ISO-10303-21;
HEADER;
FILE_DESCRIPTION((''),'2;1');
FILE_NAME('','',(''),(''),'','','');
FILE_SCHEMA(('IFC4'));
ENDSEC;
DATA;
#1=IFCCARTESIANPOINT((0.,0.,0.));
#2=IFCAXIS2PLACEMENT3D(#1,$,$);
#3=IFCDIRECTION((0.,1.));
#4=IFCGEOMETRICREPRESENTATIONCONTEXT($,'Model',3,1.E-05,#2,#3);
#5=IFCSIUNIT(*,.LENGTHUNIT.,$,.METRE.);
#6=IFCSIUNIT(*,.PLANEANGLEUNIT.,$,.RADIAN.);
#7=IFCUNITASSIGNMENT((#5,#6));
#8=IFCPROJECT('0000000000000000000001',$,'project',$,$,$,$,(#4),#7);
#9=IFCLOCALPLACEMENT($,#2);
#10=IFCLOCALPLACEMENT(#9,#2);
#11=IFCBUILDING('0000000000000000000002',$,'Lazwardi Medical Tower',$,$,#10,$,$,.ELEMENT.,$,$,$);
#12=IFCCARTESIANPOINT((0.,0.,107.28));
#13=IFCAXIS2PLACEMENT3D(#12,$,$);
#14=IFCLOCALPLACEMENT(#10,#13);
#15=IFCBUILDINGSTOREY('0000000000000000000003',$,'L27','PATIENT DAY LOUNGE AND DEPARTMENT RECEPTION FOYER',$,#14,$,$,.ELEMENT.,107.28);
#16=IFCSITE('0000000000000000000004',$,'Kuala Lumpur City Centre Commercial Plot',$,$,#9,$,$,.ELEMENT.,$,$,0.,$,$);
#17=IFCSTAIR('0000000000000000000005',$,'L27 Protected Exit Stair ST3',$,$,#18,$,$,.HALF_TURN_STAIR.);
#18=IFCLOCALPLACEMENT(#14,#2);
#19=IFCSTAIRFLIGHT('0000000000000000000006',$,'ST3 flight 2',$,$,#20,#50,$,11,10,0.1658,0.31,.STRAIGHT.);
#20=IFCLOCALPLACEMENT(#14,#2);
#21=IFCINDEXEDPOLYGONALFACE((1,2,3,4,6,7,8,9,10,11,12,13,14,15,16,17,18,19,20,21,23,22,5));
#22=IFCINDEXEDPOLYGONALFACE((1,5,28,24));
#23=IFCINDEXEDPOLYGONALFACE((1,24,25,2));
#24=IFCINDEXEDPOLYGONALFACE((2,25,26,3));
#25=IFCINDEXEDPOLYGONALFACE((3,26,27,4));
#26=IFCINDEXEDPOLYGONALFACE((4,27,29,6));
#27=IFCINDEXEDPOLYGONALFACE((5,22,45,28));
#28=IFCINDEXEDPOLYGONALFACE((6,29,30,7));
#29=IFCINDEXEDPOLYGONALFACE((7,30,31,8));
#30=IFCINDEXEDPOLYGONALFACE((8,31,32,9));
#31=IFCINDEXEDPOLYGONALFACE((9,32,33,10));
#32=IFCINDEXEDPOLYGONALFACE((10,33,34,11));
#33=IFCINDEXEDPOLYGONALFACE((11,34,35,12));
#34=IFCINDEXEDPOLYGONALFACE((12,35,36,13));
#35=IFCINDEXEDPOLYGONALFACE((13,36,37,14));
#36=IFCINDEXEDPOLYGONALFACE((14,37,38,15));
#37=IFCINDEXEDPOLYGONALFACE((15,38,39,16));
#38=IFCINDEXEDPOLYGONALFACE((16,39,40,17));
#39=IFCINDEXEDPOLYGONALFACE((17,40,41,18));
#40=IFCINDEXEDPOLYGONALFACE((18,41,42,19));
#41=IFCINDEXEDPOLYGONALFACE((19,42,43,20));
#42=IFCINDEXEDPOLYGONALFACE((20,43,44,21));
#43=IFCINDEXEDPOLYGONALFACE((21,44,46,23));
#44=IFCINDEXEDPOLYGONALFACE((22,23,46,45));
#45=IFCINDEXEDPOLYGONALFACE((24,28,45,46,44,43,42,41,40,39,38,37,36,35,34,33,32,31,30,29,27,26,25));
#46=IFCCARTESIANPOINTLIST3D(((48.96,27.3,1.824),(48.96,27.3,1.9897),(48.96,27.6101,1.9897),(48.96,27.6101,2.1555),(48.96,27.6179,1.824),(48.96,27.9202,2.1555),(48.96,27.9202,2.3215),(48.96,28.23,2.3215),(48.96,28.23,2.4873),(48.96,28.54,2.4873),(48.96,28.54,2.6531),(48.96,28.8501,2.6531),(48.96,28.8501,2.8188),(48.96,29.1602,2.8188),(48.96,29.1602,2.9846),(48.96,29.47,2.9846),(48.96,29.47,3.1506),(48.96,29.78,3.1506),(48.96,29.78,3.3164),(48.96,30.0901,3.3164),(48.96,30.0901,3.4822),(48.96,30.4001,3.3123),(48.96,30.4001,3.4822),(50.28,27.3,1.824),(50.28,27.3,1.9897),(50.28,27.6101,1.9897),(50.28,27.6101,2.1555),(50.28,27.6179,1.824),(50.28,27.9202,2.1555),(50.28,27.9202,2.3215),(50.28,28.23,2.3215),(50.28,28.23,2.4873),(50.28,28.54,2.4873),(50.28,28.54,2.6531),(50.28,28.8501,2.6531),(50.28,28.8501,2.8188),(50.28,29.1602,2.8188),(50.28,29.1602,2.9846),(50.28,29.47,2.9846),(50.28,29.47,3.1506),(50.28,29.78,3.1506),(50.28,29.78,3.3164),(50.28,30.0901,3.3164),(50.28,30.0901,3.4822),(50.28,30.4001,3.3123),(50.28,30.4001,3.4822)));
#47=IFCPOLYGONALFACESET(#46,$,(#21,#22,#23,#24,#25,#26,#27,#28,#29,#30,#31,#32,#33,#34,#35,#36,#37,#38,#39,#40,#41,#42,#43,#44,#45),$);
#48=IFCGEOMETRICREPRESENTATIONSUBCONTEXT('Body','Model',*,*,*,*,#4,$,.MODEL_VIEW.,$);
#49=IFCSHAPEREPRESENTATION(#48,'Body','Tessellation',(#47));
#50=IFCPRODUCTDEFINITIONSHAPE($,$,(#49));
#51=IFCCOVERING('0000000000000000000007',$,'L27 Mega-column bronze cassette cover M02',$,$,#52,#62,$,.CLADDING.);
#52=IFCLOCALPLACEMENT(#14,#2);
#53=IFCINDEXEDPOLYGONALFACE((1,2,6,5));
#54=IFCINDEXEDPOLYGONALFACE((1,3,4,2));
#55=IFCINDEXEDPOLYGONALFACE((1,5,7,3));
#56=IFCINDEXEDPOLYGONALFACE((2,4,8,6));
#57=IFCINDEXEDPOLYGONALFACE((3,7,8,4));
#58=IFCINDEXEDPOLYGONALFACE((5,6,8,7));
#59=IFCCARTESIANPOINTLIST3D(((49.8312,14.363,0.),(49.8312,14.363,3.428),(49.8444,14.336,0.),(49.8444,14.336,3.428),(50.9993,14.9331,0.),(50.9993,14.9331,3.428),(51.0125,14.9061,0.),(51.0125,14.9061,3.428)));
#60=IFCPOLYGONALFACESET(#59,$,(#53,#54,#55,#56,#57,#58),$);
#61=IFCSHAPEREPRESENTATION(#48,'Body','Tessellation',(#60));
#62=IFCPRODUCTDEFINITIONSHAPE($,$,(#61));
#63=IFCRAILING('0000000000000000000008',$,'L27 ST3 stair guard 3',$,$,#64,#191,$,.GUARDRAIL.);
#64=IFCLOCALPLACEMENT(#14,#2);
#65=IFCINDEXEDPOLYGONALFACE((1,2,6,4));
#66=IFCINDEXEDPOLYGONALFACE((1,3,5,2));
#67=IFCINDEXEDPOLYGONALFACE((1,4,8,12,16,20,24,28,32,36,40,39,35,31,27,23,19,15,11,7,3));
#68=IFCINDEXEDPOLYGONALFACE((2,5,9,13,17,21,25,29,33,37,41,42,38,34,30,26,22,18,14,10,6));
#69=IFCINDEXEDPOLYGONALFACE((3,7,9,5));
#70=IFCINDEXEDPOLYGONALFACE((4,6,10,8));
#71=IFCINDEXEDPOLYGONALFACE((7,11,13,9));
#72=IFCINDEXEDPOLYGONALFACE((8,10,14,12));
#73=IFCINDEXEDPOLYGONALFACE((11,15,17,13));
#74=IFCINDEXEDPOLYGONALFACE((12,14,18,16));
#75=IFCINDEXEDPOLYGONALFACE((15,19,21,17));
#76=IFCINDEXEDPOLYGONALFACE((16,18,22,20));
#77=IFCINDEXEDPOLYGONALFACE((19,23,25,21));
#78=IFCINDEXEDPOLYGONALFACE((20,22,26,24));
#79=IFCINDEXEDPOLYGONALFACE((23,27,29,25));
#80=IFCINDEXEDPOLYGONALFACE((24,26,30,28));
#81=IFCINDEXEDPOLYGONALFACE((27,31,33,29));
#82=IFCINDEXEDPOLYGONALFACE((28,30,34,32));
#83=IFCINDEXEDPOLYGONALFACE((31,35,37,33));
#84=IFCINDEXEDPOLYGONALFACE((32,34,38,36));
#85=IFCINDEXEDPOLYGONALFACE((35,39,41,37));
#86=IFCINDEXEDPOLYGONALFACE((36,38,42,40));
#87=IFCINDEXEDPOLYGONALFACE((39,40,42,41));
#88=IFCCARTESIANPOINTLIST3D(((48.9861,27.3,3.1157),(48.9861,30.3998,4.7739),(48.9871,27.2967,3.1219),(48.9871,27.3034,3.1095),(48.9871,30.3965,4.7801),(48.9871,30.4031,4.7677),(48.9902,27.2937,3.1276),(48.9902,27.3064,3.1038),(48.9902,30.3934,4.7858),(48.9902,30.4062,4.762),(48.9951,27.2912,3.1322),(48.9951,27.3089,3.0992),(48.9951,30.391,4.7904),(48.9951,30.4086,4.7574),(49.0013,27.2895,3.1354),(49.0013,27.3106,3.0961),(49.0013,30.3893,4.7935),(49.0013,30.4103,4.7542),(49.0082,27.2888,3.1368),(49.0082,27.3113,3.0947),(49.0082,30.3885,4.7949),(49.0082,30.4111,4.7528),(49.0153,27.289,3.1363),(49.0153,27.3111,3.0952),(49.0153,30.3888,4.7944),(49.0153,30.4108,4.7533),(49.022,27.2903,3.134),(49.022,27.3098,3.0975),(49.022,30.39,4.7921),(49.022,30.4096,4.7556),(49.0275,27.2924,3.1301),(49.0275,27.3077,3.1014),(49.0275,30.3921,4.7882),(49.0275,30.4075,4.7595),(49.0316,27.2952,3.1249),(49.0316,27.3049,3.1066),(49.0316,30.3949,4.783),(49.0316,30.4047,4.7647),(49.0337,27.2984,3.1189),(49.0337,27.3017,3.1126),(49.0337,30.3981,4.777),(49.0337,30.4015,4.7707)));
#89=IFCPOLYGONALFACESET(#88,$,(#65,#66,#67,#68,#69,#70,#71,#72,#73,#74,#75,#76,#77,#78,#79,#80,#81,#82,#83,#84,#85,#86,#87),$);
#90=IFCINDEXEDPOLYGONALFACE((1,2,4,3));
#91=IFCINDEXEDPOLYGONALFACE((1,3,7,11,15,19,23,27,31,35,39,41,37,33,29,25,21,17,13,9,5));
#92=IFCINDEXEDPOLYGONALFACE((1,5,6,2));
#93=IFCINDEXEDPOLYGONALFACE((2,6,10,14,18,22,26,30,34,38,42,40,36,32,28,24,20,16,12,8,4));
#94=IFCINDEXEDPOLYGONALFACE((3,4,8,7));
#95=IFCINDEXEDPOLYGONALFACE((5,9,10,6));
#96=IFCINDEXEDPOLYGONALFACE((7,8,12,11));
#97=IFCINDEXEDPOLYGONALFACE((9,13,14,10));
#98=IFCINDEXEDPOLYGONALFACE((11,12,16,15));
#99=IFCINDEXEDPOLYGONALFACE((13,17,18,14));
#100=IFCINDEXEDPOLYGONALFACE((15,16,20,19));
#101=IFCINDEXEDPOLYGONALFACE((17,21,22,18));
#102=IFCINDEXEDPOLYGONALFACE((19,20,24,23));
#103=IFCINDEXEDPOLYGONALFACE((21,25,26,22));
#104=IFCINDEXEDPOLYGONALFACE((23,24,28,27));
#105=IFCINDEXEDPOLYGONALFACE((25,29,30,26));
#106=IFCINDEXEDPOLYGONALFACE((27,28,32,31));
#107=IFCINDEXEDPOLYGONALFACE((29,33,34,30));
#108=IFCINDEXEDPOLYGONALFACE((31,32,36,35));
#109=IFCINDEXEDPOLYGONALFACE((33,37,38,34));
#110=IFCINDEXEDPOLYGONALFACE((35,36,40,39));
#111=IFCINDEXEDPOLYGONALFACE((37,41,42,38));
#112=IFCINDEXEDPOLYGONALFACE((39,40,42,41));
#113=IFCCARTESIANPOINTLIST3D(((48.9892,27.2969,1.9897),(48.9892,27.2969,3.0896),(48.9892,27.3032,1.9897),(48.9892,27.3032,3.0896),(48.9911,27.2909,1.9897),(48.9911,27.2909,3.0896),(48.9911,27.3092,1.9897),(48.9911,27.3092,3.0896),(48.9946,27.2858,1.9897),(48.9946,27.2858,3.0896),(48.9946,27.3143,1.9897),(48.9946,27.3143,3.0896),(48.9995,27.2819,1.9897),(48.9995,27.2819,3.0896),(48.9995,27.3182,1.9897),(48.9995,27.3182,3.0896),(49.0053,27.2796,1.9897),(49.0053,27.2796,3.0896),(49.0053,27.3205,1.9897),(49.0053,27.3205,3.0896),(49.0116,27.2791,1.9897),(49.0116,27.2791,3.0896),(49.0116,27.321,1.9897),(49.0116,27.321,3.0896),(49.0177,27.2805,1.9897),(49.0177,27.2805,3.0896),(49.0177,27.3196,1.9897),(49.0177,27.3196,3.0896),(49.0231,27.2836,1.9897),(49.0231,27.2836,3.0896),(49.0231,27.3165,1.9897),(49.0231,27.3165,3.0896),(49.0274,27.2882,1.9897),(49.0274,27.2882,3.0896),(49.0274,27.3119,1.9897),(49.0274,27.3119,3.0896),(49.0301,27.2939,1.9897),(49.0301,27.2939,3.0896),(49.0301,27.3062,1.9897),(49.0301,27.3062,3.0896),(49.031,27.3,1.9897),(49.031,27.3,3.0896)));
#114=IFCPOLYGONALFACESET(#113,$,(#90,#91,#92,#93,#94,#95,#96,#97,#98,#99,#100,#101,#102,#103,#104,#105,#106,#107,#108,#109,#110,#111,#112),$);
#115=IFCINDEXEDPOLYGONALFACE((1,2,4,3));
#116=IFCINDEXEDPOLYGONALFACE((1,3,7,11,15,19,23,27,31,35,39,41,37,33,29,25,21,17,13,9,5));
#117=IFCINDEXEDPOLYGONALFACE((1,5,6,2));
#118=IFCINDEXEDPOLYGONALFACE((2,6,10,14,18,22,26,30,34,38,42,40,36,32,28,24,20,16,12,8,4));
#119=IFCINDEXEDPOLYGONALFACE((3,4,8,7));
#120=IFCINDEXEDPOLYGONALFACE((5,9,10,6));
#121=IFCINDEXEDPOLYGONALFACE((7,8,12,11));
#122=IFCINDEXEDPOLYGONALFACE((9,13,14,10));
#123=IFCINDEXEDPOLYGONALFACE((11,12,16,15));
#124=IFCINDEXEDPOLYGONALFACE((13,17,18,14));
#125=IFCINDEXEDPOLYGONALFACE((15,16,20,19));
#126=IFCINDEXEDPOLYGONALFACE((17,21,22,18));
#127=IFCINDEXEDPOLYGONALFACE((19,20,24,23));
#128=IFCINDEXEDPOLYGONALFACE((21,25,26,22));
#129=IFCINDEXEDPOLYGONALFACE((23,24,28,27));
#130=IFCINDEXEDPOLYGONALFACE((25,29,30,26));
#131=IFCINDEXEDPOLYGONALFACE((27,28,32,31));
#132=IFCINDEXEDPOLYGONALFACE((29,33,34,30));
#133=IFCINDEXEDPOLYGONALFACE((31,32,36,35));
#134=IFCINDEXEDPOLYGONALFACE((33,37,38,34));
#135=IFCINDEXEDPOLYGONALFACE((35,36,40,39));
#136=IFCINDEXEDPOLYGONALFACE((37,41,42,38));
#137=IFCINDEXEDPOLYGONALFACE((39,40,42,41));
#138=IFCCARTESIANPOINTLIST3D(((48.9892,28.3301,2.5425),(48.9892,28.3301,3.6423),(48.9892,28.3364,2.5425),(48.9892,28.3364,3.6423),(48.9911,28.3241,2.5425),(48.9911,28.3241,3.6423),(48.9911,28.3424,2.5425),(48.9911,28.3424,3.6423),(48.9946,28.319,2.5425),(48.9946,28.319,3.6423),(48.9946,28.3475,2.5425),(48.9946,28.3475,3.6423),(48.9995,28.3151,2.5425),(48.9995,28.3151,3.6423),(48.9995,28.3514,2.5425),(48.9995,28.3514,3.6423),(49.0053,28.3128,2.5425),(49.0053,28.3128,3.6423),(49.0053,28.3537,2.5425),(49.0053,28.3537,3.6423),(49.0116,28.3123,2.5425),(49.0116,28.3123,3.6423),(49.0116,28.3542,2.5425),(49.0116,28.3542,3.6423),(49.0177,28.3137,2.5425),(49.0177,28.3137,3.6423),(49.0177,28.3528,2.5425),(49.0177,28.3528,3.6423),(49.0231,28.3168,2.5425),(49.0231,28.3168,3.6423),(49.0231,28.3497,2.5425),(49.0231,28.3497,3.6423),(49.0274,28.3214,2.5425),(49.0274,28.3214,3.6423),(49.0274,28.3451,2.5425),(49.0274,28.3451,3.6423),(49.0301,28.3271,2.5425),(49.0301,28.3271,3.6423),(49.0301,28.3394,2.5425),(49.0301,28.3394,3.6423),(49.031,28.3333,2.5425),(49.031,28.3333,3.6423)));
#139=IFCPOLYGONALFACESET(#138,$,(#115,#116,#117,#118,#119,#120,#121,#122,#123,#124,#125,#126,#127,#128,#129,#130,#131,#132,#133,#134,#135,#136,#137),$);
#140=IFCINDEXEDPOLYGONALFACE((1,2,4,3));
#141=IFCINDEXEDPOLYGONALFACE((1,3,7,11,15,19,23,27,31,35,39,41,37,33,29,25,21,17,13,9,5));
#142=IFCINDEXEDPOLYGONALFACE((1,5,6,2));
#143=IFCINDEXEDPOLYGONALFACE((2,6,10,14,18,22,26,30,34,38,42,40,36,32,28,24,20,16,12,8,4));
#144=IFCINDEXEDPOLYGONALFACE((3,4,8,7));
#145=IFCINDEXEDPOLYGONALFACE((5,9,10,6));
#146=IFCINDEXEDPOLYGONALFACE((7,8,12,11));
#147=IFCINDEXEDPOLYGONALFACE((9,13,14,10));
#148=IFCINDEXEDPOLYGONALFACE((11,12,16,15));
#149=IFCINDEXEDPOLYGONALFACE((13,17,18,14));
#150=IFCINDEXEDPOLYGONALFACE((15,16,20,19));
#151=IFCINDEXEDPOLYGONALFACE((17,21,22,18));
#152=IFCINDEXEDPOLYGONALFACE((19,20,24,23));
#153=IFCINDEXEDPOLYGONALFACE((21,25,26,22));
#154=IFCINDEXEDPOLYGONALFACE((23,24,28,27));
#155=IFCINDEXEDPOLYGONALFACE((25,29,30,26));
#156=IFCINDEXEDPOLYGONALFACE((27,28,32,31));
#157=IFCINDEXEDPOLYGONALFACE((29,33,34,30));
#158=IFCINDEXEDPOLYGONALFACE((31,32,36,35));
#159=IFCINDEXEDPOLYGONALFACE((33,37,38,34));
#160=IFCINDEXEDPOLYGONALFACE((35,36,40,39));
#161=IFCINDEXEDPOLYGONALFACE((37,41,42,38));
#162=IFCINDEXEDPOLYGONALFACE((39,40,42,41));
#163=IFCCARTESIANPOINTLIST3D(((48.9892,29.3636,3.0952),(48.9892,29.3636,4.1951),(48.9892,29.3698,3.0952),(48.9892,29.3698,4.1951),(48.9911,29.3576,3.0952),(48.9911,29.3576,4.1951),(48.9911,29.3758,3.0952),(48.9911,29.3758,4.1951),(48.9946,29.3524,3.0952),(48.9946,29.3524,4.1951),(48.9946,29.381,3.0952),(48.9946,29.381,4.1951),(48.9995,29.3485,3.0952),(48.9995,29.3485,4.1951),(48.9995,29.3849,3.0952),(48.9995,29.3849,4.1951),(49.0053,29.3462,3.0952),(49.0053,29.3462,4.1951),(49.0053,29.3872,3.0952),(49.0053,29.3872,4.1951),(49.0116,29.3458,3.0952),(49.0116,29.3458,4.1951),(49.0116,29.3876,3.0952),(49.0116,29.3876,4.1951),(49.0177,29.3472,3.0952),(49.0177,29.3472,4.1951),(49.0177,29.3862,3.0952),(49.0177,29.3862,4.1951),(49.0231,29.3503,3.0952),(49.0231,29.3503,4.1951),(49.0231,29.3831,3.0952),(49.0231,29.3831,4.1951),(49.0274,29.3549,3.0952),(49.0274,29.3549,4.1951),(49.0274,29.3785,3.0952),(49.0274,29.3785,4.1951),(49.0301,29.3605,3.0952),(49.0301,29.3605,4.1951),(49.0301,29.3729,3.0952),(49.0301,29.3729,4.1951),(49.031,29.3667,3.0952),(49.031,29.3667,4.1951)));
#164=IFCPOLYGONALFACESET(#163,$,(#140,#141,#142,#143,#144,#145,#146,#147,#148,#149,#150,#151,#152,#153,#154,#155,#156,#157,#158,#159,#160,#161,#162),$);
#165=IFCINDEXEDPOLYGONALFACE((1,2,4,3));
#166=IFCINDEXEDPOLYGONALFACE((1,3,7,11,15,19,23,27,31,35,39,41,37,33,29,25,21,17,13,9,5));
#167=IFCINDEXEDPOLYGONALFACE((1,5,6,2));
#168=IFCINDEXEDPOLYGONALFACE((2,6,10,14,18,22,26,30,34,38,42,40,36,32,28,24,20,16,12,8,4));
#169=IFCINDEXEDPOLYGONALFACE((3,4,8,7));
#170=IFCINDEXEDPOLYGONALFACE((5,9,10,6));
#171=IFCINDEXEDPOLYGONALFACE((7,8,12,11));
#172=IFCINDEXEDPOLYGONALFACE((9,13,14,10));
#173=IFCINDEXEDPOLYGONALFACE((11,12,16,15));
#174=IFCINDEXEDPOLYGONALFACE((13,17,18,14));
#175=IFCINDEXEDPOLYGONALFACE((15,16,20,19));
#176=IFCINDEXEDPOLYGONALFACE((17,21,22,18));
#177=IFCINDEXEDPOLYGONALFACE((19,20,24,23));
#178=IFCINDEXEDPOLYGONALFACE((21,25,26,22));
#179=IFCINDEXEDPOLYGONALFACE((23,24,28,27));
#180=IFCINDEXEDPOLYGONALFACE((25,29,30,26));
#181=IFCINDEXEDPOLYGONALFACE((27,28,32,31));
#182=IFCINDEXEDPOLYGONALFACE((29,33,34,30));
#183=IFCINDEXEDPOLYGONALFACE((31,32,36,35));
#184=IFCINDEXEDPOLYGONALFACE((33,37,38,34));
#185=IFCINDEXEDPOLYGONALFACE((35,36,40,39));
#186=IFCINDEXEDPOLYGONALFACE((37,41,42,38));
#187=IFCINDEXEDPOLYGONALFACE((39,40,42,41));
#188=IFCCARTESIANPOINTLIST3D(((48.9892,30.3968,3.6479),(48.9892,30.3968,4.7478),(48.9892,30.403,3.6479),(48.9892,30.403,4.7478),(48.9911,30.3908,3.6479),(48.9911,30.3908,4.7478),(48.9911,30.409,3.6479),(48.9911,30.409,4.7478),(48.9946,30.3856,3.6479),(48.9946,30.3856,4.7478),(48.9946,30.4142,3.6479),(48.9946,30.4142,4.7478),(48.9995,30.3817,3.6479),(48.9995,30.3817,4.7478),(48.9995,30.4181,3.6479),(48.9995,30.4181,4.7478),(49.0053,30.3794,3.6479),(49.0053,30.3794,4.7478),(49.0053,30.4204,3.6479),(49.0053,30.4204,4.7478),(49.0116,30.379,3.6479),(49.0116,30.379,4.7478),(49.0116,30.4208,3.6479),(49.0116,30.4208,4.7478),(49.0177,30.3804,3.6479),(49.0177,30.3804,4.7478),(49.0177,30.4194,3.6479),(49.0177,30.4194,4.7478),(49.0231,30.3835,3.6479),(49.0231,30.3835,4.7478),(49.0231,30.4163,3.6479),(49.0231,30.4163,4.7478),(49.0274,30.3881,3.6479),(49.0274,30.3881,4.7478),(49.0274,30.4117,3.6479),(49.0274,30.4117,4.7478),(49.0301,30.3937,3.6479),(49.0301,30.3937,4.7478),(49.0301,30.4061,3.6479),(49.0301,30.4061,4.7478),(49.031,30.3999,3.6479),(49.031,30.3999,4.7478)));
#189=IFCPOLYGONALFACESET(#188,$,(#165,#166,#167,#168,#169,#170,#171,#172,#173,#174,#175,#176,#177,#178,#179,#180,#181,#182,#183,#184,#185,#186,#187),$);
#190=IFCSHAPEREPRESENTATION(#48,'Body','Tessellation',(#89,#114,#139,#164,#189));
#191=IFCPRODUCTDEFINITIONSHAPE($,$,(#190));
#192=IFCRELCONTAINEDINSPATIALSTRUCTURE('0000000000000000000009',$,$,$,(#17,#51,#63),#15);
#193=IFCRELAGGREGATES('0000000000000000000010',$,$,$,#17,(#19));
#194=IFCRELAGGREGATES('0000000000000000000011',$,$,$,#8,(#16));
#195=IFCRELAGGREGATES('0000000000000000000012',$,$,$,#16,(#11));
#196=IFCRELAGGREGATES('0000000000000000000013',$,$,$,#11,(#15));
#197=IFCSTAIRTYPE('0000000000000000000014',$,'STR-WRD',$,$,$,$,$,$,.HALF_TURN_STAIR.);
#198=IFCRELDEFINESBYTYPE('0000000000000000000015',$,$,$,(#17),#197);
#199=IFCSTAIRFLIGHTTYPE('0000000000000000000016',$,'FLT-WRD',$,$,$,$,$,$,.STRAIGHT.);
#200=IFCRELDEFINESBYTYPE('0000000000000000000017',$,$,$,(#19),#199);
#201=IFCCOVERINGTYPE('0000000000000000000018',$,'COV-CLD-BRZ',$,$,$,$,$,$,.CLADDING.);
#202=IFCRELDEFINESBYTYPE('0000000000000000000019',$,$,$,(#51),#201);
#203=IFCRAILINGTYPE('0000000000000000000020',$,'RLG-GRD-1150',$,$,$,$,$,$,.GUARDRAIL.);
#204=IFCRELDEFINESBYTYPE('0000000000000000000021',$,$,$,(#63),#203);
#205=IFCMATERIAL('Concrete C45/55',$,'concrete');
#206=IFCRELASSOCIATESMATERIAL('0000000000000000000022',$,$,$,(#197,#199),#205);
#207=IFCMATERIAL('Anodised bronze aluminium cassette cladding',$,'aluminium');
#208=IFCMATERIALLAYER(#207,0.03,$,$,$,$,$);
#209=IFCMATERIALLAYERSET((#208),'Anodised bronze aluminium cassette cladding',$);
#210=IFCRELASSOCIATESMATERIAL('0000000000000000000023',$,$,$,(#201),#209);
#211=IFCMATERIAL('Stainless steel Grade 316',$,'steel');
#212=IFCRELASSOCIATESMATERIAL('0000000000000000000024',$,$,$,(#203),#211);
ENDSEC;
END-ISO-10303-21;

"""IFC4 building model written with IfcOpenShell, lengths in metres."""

from ifc_helpers import new_model, si_unit, direction, frame, origin, origin_2d, place, context, subcontext, project, spatial, polyline, rectangle, circle, outline, extrude, material, layer, layer_set, type_object, element, aggregate, save


model = new_model("IFC4")

# Units and contexts
model_context = context("Model", 3, precision=1e-05, world=origin(), true_north=direction((0.0, 1.0)))
body_context = subcontext(model_context, "Body", "Model", "MODEL_VIEW")
ifc_project = project(units=[si_unit("LENGTHUNIT", "METRE"), si_unit("PLANEANGLEUNIT", "RADIAN")], contexts=[model_context])

# Site, building, storey
site_placement = place(None, origin())
site = spatial("IfcSite", under=ifc_project, at=site_placement, Name="Kuala Lumpur City Centre Commercial Plot", CompositionType="ELEMENT", RefElevation=0.0)
building_placement = place(site_placement, origin())
building = spatial("IfcBuilding", under=site, at=building_placement, Name="Lazwardi Medical Tower", CompositionType="ELEMENT")
storey_placement = place(building_placement, frame((0.0, 0.0, 107.28)))
storey = spatial("IfcBuildingStorey", under=building, at=storey_placement, Name="L27", Description="PATIENT DAY LOUNGE AND DEPARTMENT RECEPTION FOYER", CompositionType="ELEMENT", Elevation=107.28)

# Stair, stair flight
ifc_material_1 = material(Name="Concrete C45/55", Category="concrete")
stair_type = type_object("IfcStairType", Name="STR-WRD", PredefinedType="HALF_TURN_STAIR", material=ifc_material_1)
stair_placement = place(storey_placement, origin())
stair = element("IfcStair", 1, at=stair_placement, inside=storey, type_object=stair_type, Name="L27 Protected Exit Stair ST3", PredefinedType="HALF_TURN_STAIR")
stair_flight_type = type_object("IfcStairFlightType", Name="FLT-WRD", PredefinedType="STRAIGHT", material=ifc_material_1)
stair_flight_placement = place(storey_placement, frame((49.6201, 27.3, 1.824), z_axis=(0.0, 0.0, 1.0), x_axis=(0.0, 1.0, 0.0)))
stair_flight = element("IfcStairFlight", 2, at=stair_flight_placement, type_object=stair_flight_type, Name="ST3 flight 2", NumberOfRisers=11, NumberOfTreads=10, PredefinedType="STRAIGHT", RiserHeight=0.1658, TreadLength=0.31, context=body_context, shape_type="SweptSolid", body=[
    extrude(outline(polyline([(0.0, 0.0), (0.0, 0.1658), (0.3101, 0.1658), (0.3101, 0.3315), (0.6201, 0.3315), (0.6201, 0.4976), (0.9299, 0.4976), (0.9299, 0.6633), (1.24, 0.6633), (1.24, 0.8291), (1.55, 0.8291), (1.55, 0.9949), (1.8601, 0.9949), (1.8601, 1.1606), (2.1699, 1.1606), (2.1699, 1.3267), (2.48, 1.3267), (2.48, 1.4924), (2.79, 1.4924), (2.79, 1.6582), (3.1001, 1.6582), (3.1001, 1.824), (3.1001, 1.4883), (0.3179, 0.0), (0.0, 0.0)])), frame((0.0, 0.6602, 0.0), z_axis=(0.0, -1.0, 0.0), x_axis=(1.0, 0.0, 0.0)), (0.0, 0.0, 1.0), 1.3201),
])
aggregate(stair, [stair_flight])

# Covering
ifc_material_2 = material(Name="Anodised bronze aluminium cassette cladding", Category="aluminium")
ifc_layer_1 = layer(ifc_material_2, 0.03)
ifc_layer_set_1 = layer_set([ifc_layer_1], Name="Anodised bronze aluminium cassette cladding")
covering_type = type_object("IfcCoveringType", Name="COV-CLD-BRZ", PredefinedType="CLADDING", material=ifc_layer_set_1)
covering_placement = place(storey_placement, frame((50.4219, 14.6345, 0.0), z_axis=(0.0, 0.0, 1.0), x_axis=(0.898679, 0.438606, 0.0)))
element("IfcCovering", 3, at=covering_placement, inside=storey, type_object=covering_type, Name="L27 Mega-column bronze cassette cover M02", PredefinedType="CLADDING", context=body_context, shape_type="SweptSolid", body=[
    extrude(rectangle(XDim=1.2998, YDim=0.03, at=origin_2d()), origin(), (0.0, 0.0, 1.0), 3.428),
])

# Railing
ifc_material_3 = material(Name="Stainless steel Grade 316", Category="steel")
railing_type_1 = type_object("IfcRailingType", Name="RLG-GRD-1150", PredefinedType="GUARDRAIL", material=ifc_material_3)
railing_1_placement = place(storey_placement, frame((49.01, 27.3, 1.9897)))
element("IfcRailing", 4, at=railing_1_placement, inside=storey, type_object=railing_type_1, Name="L27 ST3 stair guard 3", PredefinedType="GUARDRAIL", context=body_context, shape_type="SweptSolid", body=[
    extrude(circle(Radius=0.0239, at=origin_2d()), frame((0.0, 0.0, 1.126), z_axis=(0.0, 0.881768, 0.471684), x_axis=(-1.0, 0.0, 0.0)), (0.0, 0.0, 1.0), 3.5154),
    extrude(circle(Radius=0.021, at=origin_2d()), origin(), (0.0, 0.0, 1.0), 1.0999),
    extrude(circle(Radius=0.021, at=origin_2d()), frame((0.0, 1.0332, 0.5527)), (0.0, 0.0, 1.0), 1.0999),
    extrude(circle(Radius=0.021, at=origin_2d()), frame((0.0, 2.0667, 1.1055)), (0.0, 0.0, 1.0), 1.0999),
    extrude(circle(Radius=0.021, at=origin_2d()), frame((0.0, 3.0999, 1.6582)), (0.0, 0.0, 1.0), 1.0999),
])

save(model, "model.ifc")
